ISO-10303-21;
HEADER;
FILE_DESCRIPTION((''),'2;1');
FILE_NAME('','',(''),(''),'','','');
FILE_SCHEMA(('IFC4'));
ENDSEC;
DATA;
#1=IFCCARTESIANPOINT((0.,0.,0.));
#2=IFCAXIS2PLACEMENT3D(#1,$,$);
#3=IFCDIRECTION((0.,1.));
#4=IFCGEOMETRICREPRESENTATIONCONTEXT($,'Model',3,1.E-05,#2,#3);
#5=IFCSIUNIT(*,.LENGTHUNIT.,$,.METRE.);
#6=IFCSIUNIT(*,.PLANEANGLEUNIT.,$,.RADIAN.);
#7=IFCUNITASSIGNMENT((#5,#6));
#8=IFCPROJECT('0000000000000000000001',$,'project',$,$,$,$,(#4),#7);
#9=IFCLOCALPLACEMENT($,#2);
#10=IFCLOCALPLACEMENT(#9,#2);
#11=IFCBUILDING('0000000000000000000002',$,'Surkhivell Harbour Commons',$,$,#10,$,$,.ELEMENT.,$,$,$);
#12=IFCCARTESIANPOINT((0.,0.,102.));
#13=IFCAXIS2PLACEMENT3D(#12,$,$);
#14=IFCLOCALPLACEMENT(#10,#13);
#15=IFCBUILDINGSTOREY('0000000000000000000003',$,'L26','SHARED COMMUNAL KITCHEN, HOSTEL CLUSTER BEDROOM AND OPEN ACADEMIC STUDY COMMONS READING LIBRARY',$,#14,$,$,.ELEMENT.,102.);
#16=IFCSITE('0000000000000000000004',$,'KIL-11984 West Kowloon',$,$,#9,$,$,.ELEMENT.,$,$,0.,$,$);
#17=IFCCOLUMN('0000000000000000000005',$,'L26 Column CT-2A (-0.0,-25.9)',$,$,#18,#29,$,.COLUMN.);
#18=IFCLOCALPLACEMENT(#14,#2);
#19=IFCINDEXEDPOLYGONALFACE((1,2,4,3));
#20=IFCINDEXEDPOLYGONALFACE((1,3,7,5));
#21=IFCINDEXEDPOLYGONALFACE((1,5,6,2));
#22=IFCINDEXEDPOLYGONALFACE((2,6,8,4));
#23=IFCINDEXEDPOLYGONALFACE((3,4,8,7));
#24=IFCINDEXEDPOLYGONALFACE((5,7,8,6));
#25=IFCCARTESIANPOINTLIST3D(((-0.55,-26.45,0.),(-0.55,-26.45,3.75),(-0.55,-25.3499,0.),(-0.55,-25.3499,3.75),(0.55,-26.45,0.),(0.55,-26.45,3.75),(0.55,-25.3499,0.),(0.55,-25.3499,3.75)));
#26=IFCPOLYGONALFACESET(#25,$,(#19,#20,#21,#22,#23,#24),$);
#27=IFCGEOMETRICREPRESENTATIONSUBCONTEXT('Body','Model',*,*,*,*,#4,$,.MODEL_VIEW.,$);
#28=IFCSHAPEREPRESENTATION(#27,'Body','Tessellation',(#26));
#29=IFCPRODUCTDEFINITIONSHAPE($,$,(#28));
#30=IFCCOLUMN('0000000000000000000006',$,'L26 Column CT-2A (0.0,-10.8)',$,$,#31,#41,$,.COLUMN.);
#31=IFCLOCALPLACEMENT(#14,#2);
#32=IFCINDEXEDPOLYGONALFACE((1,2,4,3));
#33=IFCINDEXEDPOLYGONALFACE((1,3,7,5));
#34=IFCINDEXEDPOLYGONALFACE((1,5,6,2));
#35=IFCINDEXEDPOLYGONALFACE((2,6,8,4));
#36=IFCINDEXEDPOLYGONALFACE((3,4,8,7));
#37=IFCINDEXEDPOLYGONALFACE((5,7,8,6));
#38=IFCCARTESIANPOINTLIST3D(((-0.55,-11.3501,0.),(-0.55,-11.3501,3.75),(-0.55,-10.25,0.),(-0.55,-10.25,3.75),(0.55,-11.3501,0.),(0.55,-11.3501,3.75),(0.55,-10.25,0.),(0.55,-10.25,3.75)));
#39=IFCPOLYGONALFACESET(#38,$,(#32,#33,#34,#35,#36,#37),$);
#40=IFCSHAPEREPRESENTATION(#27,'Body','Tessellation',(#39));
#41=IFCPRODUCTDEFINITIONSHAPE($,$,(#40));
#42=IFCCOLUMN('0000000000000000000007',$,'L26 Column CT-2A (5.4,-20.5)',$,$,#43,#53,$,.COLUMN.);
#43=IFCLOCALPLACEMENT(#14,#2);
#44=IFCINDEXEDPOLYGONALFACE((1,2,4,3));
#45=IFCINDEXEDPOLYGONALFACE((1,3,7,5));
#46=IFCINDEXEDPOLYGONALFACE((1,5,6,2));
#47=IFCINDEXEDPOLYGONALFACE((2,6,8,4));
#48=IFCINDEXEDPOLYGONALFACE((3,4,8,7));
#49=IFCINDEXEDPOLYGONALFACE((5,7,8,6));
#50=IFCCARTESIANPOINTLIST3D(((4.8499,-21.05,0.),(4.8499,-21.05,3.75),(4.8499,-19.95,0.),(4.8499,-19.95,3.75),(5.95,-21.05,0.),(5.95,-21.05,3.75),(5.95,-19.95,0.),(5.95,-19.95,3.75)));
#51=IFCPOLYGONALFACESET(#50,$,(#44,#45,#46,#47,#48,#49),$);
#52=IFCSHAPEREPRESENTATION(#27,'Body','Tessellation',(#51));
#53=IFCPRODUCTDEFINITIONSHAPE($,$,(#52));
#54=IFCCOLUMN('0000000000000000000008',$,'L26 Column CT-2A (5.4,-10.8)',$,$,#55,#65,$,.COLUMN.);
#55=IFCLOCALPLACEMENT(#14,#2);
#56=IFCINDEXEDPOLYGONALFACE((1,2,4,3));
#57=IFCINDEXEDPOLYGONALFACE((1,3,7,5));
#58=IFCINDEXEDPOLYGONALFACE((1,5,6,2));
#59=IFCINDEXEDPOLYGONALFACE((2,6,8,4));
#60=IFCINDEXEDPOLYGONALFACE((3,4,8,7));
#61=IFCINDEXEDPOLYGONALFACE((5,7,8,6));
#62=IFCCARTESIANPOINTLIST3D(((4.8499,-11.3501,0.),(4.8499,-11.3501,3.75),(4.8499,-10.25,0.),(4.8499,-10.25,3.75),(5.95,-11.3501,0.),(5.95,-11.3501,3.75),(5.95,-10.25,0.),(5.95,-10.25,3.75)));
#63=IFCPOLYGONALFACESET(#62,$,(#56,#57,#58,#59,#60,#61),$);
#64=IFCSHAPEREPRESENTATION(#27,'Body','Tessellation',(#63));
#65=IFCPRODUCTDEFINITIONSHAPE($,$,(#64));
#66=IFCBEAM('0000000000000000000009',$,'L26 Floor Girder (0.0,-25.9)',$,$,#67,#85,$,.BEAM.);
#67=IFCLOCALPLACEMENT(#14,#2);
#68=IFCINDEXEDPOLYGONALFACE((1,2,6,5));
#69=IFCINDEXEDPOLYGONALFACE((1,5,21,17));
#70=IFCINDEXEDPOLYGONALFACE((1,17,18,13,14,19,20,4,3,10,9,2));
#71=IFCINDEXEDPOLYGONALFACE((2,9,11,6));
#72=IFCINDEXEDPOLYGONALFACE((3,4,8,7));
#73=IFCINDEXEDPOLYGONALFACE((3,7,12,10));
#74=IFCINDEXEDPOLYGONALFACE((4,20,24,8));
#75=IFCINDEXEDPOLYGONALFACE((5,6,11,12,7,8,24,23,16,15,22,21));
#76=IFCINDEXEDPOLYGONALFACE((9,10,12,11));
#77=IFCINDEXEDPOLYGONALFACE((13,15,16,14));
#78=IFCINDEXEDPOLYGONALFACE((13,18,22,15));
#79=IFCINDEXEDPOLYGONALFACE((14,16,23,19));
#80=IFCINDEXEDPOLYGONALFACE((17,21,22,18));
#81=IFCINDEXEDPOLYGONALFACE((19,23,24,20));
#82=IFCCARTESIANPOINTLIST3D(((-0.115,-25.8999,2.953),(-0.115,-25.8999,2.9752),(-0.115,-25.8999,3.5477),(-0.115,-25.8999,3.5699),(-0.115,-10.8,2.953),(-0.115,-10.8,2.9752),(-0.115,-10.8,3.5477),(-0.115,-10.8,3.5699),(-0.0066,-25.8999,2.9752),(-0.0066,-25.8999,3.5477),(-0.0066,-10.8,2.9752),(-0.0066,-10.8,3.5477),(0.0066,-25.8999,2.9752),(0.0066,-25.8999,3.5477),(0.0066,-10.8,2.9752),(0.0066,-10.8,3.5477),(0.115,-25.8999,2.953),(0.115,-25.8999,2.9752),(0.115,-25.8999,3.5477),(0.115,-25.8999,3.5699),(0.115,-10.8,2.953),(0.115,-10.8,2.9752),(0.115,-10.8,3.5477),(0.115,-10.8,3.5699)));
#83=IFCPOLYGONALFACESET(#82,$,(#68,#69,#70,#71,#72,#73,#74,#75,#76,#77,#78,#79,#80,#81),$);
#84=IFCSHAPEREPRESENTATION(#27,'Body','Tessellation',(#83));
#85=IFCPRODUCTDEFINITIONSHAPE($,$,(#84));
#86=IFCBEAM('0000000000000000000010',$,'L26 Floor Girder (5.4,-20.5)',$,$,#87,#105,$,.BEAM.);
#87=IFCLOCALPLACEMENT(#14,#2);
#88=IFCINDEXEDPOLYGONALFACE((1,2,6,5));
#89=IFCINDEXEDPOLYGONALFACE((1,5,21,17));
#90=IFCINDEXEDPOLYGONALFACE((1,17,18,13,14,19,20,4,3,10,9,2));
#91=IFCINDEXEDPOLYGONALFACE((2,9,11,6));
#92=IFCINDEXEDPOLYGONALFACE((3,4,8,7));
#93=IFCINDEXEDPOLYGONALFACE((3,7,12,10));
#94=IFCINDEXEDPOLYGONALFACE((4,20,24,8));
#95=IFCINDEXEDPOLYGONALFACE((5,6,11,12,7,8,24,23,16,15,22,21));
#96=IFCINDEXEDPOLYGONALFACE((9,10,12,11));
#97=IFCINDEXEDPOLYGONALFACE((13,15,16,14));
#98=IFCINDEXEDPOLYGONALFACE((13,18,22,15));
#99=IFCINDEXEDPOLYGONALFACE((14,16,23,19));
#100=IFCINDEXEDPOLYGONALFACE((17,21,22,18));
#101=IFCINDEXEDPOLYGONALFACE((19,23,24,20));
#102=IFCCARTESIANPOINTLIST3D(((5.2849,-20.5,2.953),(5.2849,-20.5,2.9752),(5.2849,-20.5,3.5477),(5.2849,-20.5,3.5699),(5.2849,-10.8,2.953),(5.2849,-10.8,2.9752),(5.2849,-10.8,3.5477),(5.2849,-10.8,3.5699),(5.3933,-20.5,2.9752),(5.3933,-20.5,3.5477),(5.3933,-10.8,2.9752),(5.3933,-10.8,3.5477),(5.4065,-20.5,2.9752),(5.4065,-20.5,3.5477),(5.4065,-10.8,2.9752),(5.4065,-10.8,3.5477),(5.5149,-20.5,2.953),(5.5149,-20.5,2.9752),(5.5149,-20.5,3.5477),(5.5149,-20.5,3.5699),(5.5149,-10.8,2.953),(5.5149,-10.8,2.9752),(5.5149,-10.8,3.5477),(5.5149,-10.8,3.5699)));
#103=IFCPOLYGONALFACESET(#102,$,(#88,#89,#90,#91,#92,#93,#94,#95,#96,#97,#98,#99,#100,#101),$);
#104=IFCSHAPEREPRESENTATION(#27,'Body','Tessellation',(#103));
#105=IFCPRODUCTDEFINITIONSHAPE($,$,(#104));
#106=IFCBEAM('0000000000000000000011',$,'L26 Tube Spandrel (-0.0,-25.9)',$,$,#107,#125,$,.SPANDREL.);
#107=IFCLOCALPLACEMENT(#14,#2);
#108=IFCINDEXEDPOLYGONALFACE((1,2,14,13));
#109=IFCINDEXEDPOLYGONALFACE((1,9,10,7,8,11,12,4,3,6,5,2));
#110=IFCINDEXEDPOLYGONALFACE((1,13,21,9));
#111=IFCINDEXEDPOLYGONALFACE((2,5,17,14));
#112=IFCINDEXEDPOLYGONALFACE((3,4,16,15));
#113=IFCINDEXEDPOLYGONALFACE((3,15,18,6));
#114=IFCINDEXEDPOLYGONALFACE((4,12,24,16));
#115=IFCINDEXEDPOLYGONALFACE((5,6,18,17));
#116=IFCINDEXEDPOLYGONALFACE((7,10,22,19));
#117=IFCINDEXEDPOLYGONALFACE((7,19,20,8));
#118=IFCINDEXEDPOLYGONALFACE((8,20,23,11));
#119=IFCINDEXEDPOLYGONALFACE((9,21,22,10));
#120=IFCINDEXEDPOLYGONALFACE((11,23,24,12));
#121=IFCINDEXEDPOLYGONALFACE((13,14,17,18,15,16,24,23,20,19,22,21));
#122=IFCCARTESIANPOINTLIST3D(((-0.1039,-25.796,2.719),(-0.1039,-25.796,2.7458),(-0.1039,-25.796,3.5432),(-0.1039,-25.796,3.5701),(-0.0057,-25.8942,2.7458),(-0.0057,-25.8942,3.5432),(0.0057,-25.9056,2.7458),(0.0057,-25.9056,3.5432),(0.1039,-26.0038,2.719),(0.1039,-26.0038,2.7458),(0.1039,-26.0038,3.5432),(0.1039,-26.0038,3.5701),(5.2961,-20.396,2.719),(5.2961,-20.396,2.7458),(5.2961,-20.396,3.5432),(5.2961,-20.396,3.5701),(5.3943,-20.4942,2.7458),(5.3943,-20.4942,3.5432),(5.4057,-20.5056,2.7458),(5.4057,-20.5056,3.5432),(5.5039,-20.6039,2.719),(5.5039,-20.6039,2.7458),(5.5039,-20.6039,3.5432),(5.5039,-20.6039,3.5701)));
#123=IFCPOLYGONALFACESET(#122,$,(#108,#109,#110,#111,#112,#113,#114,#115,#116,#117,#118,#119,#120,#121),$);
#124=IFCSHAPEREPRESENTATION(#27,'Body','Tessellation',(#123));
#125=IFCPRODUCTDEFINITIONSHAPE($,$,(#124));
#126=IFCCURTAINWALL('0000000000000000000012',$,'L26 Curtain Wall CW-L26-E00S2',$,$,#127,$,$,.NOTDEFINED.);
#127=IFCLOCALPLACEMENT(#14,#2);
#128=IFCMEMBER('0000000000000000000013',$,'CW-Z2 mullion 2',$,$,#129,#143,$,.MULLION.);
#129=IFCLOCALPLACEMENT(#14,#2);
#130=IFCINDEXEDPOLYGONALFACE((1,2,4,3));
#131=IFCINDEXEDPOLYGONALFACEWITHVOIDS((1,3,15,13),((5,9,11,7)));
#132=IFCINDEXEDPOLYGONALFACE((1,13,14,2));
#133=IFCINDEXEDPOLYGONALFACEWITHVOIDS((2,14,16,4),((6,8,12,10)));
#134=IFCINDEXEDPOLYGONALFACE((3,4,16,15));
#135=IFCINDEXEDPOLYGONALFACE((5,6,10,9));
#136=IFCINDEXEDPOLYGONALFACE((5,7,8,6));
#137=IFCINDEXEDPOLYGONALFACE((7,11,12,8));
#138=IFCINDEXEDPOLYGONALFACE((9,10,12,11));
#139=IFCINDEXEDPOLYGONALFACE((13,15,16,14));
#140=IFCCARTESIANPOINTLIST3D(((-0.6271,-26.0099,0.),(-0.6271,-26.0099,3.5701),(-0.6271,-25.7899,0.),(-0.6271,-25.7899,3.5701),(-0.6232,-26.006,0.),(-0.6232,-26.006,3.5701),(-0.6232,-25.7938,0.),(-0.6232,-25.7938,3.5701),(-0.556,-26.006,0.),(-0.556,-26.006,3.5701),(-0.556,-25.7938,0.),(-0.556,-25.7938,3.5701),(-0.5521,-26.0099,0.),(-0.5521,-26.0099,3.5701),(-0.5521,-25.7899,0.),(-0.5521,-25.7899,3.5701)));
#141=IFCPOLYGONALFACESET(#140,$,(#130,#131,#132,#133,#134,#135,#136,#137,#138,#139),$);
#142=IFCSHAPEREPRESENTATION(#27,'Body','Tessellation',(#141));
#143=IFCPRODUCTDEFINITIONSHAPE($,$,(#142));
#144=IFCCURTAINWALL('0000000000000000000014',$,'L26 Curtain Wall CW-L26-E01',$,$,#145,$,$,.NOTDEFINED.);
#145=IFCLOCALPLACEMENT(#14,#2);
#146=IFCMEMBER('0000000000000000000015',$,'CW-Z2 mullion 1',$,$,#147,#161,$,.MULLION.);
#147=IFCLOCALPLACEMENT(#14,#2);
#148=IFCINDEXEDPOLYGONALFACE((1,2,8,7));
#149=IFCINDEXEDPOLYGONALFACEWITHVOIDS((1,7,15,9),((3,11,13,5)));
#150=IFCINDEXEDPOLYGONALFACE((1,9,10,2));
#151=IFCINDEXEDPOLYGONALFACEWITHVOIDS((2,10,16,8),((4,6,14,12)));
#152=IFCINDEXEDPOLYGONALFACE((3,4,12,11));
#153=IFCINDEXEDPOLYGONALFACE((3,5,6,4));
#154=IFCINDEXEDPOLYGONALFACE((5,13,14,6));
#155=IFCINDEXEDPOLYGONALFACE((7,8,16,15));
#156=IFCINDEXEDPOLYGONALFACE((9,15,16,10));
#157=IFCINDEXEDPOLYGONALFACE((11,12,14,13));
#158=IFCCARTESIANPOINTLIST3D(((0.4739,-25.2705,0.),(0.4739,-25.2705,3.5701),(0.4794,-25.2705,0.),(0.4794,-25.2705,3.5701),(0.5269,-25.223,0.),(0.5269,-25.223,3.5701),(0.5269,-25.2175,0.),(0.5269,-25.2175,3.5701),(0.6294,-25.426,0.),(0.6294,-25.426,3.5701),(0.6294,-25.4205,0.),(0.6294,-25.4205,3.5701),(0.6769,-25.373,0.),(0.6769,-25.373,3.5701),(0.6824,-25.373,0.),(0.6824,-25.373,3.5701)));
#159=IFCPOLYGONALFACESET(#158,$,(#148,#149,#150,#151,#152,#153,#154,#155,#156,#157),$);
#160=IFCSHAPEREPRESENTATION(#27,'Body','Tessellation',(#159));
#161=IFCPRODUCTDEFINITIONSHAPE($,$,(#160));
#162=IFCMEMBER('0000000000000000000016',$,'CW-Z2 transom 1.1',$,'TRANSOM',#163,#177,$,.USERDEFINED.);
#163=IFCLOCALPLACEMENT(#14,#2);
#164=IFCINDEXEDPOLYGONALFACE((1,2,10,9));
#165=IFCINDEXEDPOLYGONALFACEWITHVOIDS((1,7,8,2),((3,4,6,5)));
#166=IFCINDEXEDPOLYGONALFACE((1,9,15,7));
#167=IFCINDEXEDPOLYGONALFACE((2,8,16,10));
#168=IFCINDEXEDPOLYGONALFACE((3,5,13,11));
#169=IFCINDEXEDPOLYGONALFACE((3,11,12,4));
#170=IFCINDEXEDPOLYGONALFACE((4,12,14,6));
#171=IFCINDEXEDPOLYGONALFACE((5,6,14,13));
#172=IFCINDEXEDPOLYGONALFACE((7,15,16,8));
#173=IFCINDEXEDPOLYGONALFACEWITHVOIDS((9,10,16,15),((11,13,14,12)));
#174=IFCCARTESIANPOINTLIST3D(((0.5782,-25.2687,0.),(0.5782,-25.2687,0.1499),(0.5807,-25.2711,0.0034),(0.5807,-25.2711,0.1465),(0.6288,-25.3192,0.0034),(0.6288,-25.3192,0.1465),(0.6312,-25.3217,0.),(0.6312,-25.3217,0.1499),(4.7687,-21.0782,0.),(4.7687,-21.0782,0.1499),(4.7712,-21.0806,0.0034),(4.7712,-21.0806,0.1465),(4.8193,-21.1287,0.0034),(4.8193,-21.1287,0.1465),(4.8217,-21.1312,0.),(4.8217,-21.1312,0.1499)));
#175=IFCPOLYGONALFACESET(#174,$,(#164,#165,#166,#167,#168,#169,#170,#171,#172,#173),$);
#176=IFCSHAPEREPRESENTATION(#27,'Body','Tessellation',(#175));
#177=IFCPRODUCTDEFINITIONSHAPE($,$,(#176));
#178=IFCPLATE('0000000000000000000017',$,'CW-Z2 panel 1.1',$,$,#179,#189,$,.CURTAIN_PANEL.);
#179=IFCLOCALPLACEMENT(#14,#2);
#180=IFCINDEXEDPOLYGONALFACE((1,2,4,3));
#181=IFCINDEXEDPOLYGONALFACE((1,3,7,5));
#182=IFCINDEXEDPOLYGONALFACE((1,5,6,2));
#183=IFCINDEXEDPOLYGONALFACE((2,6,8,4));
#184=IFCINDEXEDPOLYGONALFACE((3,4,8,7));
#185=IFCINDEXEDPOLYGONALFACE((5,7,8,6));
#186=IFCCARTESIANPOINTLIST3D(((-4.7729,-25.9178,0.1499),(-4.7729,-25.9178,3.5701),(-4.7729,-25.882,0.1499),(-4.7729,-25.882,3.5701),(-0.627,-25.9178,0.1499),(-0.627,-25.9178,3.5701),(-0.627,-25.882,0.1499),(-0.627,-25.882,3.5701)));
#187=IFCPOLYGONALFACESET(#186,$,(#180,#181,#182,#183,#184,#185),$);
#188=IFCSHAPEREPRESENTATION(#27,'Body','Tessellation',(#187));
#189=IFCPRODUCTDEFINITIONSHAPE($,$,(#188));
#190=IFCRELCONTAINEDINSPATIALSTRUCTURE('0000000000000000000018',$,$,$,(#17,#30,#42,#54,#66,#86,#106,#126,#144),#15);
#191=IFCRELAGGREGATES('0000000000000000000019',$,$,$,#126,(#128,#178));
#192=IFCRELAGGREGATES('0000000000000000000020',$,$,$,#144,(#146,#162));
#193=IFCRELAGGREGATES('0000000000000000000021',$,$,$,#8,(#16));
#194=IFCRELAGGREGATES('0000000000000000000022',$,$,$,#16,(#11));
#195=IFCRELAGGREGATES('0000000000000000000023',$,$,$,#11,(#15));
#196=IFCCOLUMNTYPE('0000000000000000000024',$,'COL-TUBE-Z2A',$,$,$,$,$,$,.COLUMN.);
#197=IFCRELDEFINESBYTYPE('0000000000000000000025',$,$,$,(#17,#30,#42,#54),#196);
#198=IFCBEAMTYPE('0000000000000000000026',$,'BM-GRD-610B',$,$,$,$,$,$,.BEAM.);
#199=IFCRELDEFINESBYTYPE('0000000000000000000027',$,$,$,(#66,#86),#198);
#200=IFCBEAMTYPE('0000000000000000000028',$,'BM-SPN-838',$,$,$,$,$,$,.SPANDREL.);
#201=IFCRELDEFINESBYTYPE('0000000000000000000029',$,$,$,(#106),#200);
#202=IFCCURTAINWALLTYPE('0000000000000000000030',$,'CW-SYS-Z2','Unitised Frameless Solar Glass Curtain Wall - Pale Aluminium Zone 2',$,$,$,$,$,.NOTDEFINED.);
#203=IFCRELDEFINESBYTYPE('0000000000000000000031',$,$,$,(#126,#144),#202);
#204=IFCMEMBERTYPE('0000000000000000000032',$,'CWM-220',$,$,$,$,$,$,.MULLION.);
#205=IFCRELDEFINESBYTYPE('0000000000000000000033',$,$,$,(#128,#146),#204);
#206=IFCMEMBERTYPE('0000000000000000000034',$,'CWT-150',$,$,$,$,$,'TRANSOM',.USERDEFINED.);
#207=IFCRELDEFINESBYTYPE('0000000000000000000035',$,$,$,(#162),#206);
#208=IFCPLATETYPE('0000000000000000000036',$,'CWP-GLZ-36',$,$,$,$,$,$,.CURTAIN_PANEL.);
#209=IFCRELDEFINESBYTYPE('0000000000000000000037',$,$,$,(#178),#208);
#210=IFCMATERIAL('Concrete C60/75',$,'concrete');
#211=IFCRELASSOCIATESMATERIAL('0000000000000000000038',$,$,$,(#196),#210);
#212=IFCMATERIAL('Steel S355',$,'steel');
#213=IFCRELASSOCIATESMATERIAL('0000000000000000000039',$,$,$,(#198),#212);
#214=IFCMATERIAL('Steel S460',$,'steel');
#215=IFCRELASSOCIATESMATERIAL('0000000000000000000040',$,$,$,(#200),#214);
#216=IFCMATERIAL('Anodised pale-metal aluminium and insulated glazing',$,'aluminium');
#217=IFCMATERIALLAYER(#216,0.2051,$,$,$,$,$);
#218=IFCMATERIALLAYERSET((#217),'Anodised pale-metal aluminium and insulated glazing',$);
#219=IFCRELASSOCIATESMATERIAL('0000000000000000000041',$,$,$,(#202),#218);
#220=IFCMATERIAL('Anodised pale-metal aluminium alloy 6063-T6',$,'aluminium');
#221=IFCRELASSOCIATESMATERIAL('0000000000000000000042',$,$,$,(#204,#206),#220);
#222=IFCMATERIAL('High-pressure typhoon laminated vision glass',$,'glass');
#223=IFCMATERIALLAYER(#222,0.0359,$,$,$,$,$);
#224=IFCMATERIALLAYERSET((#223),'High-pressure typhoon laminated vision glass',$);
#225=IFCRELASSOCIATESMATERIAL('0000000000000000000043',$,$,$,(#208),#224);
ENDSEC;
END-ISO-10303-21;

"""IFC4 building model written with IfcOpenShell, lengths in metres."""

from ifc_helpers import new_model, si_unit, direction, frame, frame_2d, origin, origin_2d, place, context, subcontext, project, spatial, rectangle, hollow_rectangle, i_section, extrude, material, layer, layer_set, material_profile, profile_set, type_object, element, aggregate, save


model = new_model("IFC4")

# Units and contexts
model_context = context("Model", 3, precision=1e-05, world=origin(), true_north=direction((0.0, 1.0)))
body_context = subcontext(model_context, "Body", "Model", "MODEL_VIEW")
ifc_project = project(units=[si_unit("LENGTHUNIT", "METRE"), si_unit("PLANEANGLEUNIT", "RADIAN")], contexts=[model_context])

# Site, building, storey
site_placement = place(None, origin())
site = spatial("IfcSite", under=ifc_project, at=site_placement, Name="KIL-11984 West Kowloon", CompositionType="ELEMENT", RefElevation=0.0)
building_placement = place(site_placement, origin())
building = spatial("IfcBuilding", under=site, at=building_placement, Name="Surkhivell Harbour Commons", CompositionType="ELEMENT")
storey_placement = place(building_placement, frame((0.0, 0.0, 102.0)))
storey = spatial("IfcBuildingStorey", under=building, at=storey_placement, Name="L26", Description="SHARED COMMUNAL KITCHEN, HOSTEL CLUSTER BEDROOM AND OPEN ACADEMIC STUDY COMMONS READING LIBRARY", CompositionType="ELEMENT", Elevation=102.0)

# Columns
ifc_material_1 = material(Name="Concrete C60/75", Category="concrete")
ifc_material_profile_1 = material_profile(ifc_material_1, rectangle(XDim=1.1001, YDim=1.1001, at=origin_2d()), Name="RC-COL-1100x1100")
ifc_profile_set_1 = profile_set([ifc_material_profile_1], Name="Concrete C60/75")
column_type = type_object("IfcColumnType", Name="COL-TUBE-Z2A", PredefinedType="COLUMN", material=ifc_profile_set_1)
for number, where, z_axis, x_axis, name in (
    (1, (0.0, -25.8999, 0.0), (0.0, 0.0, 1.0), (1.0, 0.0, 0.0), "L26 Column CT-2A (-0.0,-25.9)"),
    (2, (0.0, -10.8, 0.0), (0.0, 0.0, 1.0), (1.0, 0.0, 0.0), "L26 Column CT-2A (0.0,-10.8)"),
    (3, (5.3999, -20.5, 0.0), (0.0, 0.0, 1.0), (1.0, 0.0, 0.0), "L26 Column CT-2A (5.4,-20.5)"),
    (4, (5.3999, -10.8, 0.0), (0.0, 0.0, 1.0), (1.0, 0.0, 0.0), "L26 Column CT-2A (5.4,-10.8)"),
):
    element("IfcColumn", number, at=place(storey_placement, frame(where, z_axis=z_axis, x_axis=x_axis)), inside=storey, type_object=column_type, Name=name, PredefinedType="COLUMN", context=body_context, shape_type="SweptSolid", body=[
        extrude(rectangle(XDim=1.1001, YDim=1.1001, at=origin_2d()), origin(), (0.0, 0.0, 1.0), 3.75),
    ])

# Beams
ifc_material_2 = material(Name="Steel S355", Category="steel")
ifc_material_profile_2 = material_profile(ifc_material_2, i_section(OverallWidth=0.23, OverallDepth=0.6169, WebThickness=0.0132, FlangeThickness=0.0222, at=origin_2d()), Name="UB610x229x140")
ifc_profile_set_2 = profile_set([ifc_material_profile_2], Name="Steel S355")
beam_type_1 = type_object("IfcBeamType", Name="BM-GRD-610B", PredefinedType="BEAM", material=ifc_profile_set_2)
beam_1_placement = place(storey_placement, frame((0.0, -25.8999, 3.2615), z_axis=(0.0, 1.0, 0.0), x_axis=(-1.0, 0.0, 0.0)))
element("IfcBeam", 5, at=beam_1_placement, inside=storey, type_object=beam_type_1, Name="L26 Floor Girder (0.0,-25.9)", PredefinedType="BEAM", context=body_context, shape_type="SweptSolid", body=[
    extrude(i_section(OverallWidth=0.23, OverallDepth=0.6169, WebThickness=0.0132, FlangeThickness=0.0222, at=origin_2d()), origin(), (0.0, 0.0, 1.0), 15.0999),
])
beam_2_placement = place(storey_placement, frame((5.3999, -20.5, 3.2615), z_axis=(0.0, 1.0, 0.0), x_axis=(-1.0, 0.0, 0.0)))
element("IfcBeam", 6, at=beam_2_placement, inside=storey, type_object=beam_type_1, Name="L26 Floor Girder (5.4,-20.5)", PredefinedType="BEAM", context=body_context, shape_type="SweptSolid", body=[
    extrude(i_section(OverallWidth=0.23, OverallDepth=0.6169, WebThickness=0.0132, FlangeThickness=0.0222, at=origin_2d()), origin(), (0.0, 0.0, 1.0), 9.7),
])
ifc_material_3 = material(Name="Steel S460", Category="steel")
ifc_material_profile_3 = material_profile(ifc_material_3, i_section(OverallWidth=0.2939, OverallDepth=0.8511, WebThickness=0.0161, FlangeThickness=0.0269, at=origin_2d()), Name="UB838x292x226")
ifc_profile_set_3 = profile_set([ifc_material_profile_3], Name="Steel S460")
beam_type_2 = type_object("IfcBeamType", Name="BM-SPN-838", PredefinedType="SPANDREL", material=ifc_profile_set_3)
beam_3_placement = place(storey_placement, frame((0.0, -25.8999, 3.1445), z_axis=(0.707107, 0.707107, 0.0), x_axis=(-0.707107, 0.707107, 0.0)))
element("IfcBeam", 7, at=beam_3_placement, inside=storey, type_object=beam_type_2, Name="L26 Tube Spandrel (-0.0,-25.9)", PredefinedType="SPANDREL", context=body_context, shape_type="SweptSolid", body=[
    extrude(i_section(OverallWidth=0.2939, OverallDepth=0.8511, WebThickness=0.0161, FlangeThickness=0.0269, at=origin_2d()), origin(), (0.0, 0.0, 1.0), 7.6367),
])

# Curtain wall, member
ifc_material_4 = material(Name="Anodised pale-metal aluminium and insulated glazing", Category="aluminium")
ifc_layer_1 = layer(ifc_material_4, 0.2051)
ifc_layer_set_1 = layer_set([ifc_layer_1], Name="Anodised pale-metal aluminium and insulated glazing")
curtain_wall_type = type_object("IfcCurtainWallType", Name="CW-SYS-Z2", Description="Unitised Frameless Solar Glass Curtain Wall - Pale Aluminium Zone 2", PredefinedType="NOTDEFINED", material=ifc_layer_set_1)
curtain_wall_1_placement = place(storey_placement, origin())
curtain_wall_1 = element("IfcCurtainWall", 8, at=curtain_wall_1_placement, inside=storey, type_object=curtain_wall_type, Name="L26 Curtain Wall CW-L26-E00S2", PredefinedType="NOTDEFINED")
ifc_material_5 = material(Name="Anodised pale-metal aluminium alloy 6063-T6", Category="aluminium")
ifc_material_profile_4 = material_profile(ifc_material_5, hollow_rectangle(XDim=0.075, YDim=0.22, WallThickness=0.0039, at=origin_2d()), Name="ALU-MULL-75x220")
ifc_profile_set_4 = profile_set([ifc_material_profile_4], Name="Anodised pale-metal aluminium alloy 6063-T6")
member_type_1 = type_object("IfcMemberType", Name="CWM-220", PredefinedType="MULLION", material=ifc_profile_set_4)
member_1_placement = place(storey_placement, frame((-0.5896, -25.8999, 0.0), z_axis=(0.0, 0.0, 1.0), x_axis=(1.0, 0.0, 0.0)))
member_1 = element("IfcMember", 9, at=member_1_placement, type_object=member_type_1, Name="CW-Z2 mullion 2", PredefinedType="MULLION", context=body_context, shape_type="SweptSolid", body=[
    extrude(hollow_rectangle(XDim=0.075, YDim=0.22, WallThickness=0.0039, at=origin_2d()), origin(), (0.0, 0.0, 1.0), 3.5701),
])

# Curtain wall, members
curtain_wall_2_placement = place(storey_placement, origin())
curtain_wall_2 = element("IfcCurtainWall", 10, at=curtain_wall_2_placement, inside=storey, type_object=curtain_wall_type, Name="L26 Curtain Wall CW-L26-E01", PredefinedType="NOTDEFINED")
member_2_placement = place(storey_placement, frame((0.5781, -25.3218, 0.0), z_axis=(0.0, 0.0, 1.0), x_axis=(0.707107, 0.707107, 0.0)))
member_2 = element("IfcMember", 11, at=member_2_placement, type_object=member_type_1, Name="CW-Z2 mullion 1", PredefinedType="MULLION", context=body_context, shape_type="SweptSolid", body=[
    extrude(hollow_rectangle(XDim=0.075, YDim=0.22, WallThickness=0.0039, at=origin_2d()), origin(), (0.0, 0.0, 1.0), 3.5701),
])
ifc_material_profile_5 = material_profile(ifc_material_5, hollow_rectangle(XDim=0.075, YDim=0.1499, WallThickness=0.0034, at=origin_2d()), Name="ALU-TRAN-75x150")
ifc_profile_set_5 = profile_set([ifc_material_profile_5], Name="Anodised pale-metal aluminium alloy 6063-T6")
member_type_2 = type_object("IfcMemberType", Name="CWT-150", ElementType="TRANSOM", PredefinedType="USERDEFINED", material=ifc_profile_set_5)
member_3_placement = place(storey_placement, frame((0.6047, -25.2952, 0.075), z_axis=(0.707107, 0.707107, 0.0), x_axis=(-0.707107, 0.707107, 0.0)))
member_3 = element("IfcMember", 12, at=member_3_placement, type_object=member_type_2, Name="CW-Z2 transom 1.1", ObjectType="TRANSOM", PredefinedType="USERDEFINED", context=body_context, shape_type="SweptSolid", body=[
    extrude(hollow_rectangle(XDim=0.075, YDim=0.1499, WallThickness=0.0034, at=origin_2d()), origin(), (0.0, 0.0, 1.0), 5.9263),
])

# Plate
ifc_material_6 = material(Name="High-pressure typhoon laminated vision glass", Category="glass")
ifc_layer_2 = layer(ifc_material_6, 0.0359)
ifc_layer_set_2 = layer_set([ifc_layer_2], Name="High-pressure typhoon laminated vision glass")
plate_type = type_object("IfcPlateType", Name="CWP-GLZ-36", PredefinedType="CURTAIN_PANEL", material=ifc_layer_set_2)
plate_1_placement = place(storey_placement, frame((-4.7729, -25.8999, 0.1499), z_axis=(0.0, 0.0, 1.0), x_axis=(1.0, 0.0, 0.0)))
plate_1 = element("IfcPlate", 13, at=plate_1_placement, type_object=plate_type, Name="CW-Z2 panel 1.1", PredefinedType="CURTAIN_PANEL", context=body_context, shape_type="SweptSolid", body=[
    extrude(rectangle(XDim=4.146, YDim=0.0359, at=frame_2d((2.073, 0.0))), origin(), (0.0, 0.0, 1.0), 3.4202),
])
aggregate(curtain_wall_1, [member_1, plate_1])
aggregate(curtain_wall_2, [member_2, member_3])

save(model, "model.ifc")
